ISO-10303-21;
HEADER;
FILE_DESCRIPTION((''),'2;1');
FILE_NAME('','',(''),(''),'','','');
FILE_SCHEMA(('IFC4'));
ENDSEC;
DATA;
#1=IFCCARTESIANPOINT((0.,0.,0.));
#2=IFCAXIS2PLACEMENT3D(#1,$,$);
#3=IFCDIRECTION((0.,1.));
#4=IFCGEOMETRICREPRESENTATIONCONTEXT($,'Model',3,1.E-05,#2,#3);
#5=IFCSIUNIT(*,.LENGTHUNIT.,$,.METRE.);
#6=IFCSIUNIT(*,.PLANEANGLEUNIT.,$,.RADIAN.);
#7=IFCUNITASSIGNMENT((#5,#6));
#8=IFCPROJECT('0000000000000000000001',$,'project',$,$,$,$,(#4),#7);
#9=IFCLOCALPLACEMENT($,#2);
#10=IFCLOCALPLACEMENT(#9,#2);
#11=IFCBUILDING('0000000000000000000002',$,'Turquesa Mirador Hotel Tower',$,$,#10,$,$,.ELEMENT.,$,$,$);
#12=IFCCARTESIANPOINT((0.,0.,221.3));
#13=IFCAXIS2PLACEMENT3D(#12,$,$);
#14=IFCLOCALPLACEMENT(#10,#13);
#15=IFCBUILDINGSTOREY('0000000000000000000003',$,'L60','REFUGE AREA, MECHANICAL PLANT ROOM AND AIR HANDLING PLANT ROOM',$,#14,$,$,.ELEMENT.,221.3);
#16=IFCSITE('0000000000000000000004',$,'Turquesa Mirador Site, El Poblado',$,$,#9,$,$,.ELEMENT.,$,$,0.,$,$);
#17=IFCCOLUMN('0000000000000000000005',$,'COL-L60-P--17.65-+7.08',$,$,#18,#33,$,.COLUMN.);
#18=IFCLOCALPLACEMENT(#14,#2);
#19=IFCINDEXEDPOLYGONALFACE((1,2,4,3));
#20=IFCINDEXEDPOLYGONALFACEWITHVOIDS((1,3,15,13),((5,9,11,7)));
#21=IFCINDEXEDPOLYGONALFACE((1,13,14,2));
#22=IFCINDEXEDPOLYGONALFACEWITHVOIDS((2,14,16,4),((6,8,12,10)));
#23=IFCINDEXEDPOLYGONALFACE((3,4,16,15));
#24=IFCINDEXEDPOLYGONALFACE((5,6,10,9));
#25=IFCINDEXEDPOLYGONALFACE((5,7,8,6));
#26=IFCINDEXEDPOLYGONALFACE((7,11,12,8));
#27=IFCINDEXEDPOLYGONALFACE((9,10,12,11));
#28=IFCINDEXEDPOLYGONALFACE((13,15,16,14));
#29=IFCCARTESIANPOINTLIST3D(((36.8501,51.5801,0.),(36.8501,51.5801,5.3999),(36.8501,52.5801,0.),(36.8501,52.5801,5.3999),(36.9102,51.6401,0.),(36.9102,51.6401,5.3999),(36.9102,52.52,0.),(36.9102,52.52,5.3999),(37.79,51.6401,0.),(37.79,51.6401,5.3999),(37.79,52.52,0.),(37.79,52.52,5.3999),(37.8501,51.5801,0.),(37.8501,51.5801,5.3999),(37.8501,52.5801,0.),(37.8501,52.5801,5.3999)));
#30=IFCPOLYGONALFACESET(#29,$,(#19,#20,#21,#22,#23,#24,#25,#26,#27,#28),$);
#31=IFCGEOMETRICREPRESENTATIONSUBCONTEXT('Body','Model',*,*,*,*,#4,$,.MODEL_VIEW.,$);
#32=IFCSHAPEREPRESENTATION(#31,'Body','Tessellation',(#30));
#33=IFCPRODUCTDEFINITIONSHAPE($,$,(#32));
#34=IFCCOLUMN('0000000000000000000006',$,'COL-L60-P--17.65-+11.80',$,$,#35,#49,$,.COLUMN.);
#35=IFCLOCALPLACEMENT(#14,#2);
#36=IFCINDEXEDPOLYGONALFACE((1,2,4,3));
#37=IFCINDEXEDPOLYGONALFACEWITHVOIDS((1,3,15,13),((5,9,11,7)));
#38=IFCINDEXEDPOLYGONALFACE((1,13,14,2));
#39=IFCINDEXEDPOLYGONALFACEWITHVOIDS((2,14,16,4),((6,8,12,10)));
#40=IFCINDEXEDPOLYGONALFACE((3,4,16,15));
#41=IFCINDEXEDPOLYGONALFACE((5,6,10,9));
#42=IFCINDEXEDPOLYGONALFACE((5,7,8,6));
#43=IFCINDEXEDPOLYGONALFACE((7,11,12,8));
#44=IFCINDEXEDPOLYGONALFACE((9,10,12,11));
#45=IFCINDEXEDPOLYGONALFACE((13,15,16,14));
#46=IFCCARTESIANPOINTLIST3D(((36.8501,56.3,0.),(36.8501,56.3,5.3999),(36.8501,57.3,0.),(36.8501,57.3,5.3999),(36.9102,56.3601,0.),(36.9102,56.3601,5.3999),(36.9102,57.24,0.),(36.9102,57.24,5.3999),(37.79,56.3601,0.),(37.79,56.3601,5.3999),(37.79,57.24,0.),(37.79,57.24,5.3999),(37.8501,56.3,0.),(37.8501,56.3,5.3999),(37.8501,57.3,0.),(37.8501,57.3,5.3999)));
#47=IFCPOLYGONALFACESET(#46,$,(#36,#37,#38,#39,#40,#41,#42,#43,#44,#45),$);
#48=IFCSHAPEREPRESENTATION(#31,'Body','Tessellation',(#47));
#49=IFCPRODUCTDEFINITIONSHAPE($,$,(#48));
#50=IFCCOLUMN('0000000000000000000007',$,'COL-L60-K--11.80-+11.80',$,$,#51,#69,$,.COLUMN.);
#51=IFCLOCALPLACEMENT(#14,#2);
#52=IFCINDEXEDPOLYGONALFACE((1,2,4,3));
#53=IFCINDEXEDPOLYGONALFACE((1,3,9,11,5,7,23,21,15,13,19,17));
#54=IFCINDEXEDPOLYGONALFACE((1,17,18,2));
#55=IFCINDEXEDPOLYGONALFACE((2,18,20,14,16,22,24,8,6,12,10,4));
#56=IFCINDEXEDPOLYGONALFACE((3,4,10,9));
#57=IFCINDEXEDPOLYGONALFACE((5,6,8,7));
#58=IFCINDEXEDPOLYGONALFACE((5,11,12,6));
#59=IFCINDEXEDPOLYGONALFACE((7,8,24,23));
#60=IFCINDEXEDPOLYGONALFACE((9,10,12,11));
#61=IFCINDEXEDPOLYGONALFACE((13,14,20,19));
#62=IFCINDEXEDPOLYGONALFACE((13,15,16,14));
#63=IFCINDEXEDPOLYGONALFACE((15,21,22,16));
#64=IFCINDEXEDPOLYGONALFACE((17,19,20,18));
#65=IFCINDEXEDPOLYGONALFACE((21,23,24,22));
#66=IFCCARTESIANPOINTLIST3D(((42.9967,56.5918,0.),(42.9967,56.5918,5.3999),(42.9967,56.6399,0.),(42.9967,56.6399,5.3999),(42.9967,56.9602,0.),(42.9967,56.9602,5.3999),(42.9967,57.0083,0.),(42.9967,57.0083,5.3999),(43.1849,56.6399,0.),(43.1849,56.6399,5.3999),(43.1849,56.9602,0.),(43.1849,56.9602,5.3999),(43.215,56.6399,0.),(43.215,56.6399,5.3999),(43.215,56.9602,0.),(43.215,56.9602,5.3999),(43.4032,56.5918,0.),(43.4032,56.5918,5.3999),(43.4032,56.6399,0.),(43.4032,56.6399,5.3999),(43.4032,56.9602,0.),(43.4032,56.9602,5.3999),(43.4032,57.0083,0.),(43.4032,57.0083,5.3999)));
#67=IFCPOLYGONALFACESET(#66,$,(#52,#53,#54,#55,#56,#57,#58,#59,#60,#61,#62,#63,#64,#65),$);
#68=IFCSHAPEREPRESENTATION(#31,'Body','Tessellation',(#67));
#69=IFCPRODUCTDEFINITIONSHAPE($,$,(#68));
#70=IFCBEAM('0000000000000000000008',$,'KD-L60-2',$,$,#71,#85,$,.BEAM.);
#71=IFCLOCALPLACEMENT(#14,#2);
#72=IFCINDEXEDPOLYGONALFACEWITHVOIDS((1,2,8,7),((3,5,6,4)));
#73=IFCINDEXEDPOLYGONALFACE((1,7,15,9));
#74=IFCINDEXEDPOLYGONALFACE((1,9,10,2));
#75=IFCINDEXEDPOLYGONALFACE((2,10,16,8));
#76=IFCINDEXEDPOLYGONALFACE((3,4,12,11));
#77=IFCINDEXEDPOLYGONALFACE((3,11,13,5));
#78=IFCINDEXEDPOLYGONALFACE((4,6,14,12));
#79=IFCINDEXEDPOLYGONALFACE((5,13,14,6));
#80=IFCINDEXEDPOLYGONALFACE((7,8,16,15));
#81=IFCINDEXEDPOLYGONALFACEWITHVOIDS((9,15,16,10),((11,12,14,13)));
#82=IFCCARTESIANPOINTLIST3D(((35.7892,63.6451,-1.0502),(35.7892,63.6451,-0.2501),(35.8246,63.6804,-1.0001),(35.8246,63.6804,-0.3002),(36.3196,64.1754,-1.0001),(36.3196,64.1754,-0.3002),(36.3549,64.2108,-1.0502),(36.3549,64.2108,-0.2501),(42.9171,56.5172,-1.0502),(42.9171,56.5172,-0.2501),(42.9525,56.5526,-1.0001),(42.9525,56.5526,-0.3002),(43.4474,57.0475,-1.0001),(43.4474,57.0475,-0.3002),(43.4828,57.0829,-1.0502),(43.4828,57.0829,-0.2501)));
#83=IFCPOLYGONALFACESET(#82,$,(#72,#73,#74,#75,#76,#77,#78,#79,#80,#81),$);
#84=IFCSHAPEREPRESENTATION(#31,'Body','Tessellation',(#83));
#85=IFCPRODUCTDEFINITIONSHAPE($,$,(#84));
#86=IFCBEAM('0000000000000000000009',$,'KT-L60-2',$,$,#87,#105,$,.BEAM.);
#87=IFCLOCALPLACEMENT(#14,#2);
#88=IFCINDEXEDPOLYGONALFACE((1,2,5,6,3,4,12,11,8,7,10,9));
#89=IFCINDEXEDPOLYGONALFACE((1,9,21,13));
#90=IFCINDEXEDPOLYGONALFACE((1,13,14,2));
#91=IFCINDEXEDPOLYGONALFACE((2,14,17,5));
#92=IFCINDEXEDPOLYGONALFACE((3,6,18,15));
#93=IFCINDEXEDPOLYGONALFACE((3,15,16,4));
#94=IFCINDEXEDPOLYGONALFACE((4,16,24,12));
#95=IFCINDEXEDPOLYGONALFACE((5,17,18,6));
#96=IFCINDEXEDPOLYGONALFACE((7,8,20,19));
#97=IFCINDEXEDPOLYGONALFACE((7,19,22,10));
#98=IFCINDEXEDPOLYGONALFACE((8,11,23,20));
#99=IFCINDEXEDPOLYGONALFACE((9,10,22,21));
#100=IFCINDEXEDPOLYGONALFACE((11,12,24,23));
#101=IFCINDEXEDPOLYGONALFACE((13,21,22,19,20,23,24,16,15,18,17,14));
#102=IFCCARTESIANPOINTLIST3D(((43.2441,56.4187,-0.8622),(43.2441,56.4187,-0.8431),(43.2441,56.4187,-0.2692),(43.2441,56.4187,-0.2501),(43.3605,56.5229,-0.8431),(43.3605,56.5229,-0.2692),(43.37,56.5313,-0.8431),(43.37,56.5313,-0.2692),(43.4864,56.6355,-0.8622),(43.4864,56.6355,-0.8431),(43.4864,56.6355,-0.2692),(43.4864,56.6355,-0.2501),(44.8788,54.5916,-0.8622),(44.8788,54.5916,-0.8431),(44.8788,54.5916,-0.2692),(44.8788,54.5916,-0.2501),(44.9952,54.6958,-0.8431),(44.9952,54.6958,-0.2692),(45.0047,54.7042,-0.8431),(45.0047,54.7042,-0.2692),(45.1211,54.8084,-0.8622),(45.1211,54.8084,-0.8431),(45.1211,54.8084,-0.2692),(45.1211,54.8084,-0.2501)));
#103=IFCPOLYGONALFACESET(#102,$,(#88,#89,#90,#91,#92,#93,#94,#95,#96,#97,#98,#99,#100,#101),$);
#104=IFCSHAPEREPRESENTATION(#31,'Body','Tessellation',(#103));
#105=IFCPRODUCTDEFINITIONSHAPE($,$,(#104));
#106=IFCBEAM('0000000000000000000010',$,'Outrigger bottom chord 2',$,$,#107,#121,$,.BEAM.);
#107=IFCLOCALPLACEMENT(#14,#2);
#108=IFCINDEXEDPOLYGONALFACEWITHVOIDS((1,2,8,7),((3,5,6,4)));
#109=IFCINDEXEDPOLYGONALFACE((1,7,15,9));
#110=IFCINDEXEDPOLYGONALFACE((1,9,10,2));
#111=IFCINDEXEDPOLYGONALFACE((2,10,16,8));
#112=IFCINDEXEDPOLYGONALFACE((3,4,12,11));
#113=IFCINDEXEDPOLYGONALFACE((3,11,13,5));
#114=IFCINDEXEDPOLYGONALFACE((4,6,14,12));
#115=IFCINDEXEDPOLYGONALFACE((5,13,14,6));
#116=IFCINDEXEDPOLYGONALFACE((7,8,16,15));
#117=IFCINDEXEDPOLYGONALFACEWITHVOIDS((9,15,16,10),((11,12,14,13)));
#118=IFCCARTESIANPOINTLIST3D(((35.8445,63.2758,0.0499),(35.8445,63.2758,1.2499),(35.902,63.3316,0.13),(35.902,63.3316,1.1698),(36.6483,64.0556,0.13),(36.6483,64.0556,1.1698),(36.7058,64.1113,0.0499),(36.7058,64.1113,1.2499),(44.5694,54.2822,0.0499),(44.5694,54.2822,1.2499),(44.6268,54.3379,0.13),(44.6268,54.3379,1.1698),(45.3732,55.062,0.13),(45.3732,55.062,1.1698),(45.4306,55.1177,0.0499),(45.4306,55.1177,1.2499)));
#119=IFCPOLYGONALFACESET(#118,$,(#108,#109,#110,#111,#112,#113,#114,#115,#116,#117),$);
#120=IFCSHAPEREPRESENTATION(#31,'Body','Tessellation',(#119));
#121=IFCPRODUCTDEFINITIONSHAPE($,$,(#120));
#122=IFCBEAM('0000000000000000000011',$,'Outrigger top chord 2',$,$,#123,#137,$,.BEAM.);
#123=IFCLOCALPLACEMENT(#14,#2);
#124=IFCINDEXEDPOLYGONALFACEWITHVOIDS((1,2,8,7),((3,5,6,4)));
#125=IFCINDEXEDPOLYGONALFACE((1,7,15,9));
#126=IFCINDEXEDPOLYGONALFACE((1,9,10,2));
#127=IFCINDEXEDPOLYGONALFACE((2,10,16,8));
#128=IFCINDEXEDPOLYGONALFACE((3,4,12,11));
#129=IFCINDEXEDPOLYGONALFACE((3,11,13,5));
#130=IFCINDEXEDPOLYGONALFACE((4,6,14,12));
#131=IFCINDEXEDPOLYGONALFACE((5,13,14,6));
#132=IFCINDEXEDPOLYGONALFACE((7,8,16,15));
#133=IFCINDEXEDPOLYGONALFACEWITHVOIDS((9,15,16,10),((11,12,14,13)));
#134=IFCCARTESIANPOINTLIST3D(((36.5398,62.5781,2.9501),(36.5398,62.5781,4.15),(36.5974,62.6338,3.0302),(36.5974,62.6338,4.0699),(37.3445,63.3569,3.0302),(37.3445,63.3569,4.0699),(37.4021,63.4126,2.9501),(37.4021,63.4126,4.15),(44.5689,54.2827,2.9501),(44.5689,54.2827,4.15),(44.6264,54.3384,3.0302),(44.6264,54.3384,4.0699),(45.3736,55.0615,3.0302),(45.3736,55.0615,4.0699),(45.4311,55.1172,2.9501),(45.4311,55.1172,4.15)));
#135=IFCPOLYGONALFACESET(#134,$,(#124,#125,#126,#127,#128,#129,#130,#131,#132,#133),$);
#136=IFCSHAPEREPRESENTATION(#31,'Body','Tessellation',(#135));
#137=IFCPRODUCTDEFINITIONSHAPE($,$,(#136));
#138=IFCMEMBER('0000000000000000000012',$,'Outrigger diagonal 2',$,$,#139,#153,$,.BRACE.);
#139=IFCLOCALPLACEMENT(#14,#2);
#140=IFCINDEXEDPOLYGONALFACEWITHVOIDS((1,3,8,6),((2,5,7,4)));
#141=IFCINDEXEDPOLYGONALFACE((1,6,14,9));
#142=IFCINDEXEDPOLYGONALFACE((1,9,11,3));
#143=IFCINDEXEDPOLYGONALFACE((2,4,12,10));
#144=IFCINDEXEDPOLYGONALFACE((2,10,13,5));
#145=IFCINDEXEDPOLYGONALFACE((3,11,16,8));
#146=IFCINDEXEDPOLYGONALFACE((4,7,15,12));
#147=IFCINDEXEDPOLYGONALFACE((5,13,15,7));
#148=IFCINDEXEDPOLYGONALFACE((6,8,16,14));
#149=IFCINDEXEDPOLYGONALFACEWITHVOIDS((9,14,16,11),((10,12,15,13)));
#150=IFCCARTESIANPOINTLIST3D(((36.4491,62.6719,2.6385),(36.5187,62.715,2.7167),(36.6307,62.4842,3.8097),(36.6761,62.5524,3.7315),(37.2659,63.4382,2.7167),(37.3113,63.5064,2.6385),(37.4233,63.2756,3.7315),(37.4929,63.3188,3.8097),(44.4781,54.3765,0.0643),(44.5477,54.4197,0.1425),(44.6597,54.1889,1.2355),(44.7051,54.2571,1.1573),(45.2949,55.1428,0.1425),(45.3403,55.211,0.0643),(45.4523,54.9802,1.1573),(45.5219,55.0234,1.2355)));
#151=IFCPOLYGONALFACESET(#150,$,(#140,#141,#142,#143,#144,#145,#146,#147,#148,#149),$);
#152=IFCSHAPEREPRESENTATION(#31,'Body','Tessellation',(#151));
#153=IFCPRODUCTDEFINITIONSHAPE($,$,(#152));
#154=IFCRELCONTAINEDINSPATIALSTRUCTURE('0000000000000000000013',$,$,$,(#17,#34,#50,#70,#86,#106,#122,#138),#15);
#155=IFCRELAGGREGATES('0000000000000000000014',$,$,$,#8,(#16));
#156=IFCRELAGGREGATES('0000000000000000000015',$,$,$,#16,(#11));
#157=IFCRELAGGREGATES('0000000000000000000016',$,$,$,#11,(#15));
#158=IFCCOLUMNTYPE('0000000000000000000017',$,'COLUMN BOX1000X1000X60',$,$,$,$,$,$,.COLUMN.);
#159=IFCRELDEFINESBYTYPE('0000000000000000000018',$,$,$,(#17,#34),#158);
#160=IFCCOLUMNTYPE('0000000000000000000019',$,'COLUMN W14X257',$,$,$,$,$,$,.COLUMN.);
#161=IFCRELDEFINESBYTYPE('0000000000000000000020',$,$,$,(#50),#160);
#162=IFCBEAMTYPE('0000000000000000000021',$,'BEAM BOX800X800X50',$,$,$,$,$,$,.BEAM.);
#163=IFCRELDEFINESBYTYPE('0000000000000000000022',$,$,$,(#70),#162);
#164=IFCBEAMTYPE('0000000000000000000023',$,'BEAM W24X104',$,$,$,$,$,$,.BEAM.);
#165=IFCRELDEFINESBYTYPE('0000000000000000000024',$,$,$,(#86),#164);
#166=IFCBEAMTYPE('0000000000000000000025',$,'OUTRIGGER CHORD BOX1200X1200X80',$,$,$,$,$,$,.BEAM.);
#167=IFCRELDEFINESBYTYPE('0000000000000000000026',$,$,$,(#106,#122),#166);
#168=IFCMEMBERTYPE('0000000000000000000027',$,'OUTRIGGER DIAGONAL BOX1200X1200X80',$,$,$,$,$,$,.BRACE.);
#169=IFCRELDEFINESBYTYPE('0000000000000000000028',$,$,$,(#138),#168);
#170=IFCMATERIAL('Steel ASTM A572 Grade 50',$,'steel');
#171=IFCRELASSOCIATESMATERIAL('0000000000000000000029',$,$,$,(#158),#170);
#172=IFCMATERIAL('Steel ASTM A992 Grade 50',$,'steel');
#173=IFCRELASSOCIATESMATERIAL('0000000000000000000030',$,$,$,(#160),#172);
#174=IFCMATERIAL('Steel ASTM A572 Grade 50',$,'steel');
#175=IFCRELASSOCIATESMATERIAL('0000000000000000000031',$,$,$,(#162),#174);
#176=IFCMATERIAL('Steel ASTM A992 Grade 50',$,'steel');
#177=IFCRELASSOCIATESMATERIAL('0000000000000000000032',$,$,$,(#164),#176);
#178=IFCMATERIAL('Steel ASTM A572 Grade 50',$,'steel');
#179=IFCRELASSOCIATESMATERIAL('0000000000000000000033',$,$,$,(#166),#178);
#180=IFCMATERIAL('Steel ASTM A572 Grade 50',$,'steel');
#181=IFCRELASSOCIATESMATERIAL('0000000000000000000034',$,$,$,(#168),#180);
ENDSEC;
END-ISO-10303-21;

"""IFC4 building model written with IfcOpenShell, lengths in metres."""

from ifc_helpers import new_model, si_unit, direction, frame, origin, origin_2d, place, context, subcontext, project, spatial, hollow_rectangle, i_section, extrude, material, material_profile, profile_set, type_object, element, save


model = new_model("IFC4")

# Units and contexts
model_context = context("Model", 3, precision=1e-05, world=origin(), true_north=direction((0.0, 1.0)))
body_context = subcontext(model_context, "Body", "Model", "MODEL_VIEW")
ifc_project = project(units=[si_unit("LENGTHUNIT", "METRE"), si_unit("PLANEANGLEUNIT", "RADIAN")], contexts=[model_context])

# Site, building, storey
site_placement = place(None, origin())
site = spatial("IfcSite", under=ifc_project, at=site_placement, Name="Turquesa Mirador Site, El Poblado", CompositionType="ELEMENT", RefElevation=0.0)
building_placement = place(site_placement, origin())
building = spatial("IfcBuilding", under=site, at=building_placement, Name="Turquesa Mirador Hotel Tower", CompositionType="ELEMENT")
storey_placement = place(building_placement, frame((0.0, 0.0, 221.3)))
storey = spatial("IfcBuildingStorey", under=building, at=storey_placement, Name="L60", Description="REFUGE AREA, MECHANICAL PLANT ROOM AND AIR HANDLING PLANT ROOM", CompositionType="ELEMENT", Elevation=221.3)

# Columns
ifc_material_1 = material(Name="Steel ASTM A572 Grade 50", Category="steel")
ifc_material_profile_1 = material_profile(ifc_material_1, hollow_rectangle(XDim=1.0, YDim=1.0, WallThickness=0.0601, at=origin_2d()), Name="BOX1000X1000X60")
ifc_profile_set_1 = profile_set([ifc_material_profile_1], Name="Steel ASTM A572 Grade 50")
column_type_1 = type_object("IfcColumnType", Name="COLUMN BOX1000X1000X60", PredefinedType="COLUMN", material=ifc_profile_set_1)
for number, where, z_axis, x_axis, name in (
    (1, (37.3501, 52.0801, 0.0), (0.0, 0.0, 1.0), (1.0, 0.0, 0.0), "COL-L60-P--17.65-+7.08"),
    (2, (37.3501, 56.8, 0.0), (0.0, 0.0, 1.0), (1.0, 0.0, 0.0), "COL-L60-P--17.65-+11.80"),
):
    element("IfcColumn", number, at=place(storey_placement, frame(where, z_axis=z_axis, x_axis=x_axis)), inside=storey, type_object=column_type_1, Name=name, PredefinedType="COLUMN", context=body_context, shape_type="SweptSolid", body=[
        extrude(hollow_rectangle(XDim=1.0, YDim=1.0, WallThickness=0.0601, at=origin_2d()), origin(), (0.0, 0.0, 1.0), 5.3999),
    ])
ifc_material_2 = material(Name="Steel ASTM A992 Grade 50", Category="steel")
ifc_material_profile_2 = material_profile(ifc_material_2, i_section(OverallWidth=0.4065, OverallDepth=0.4165, WebThickness=0.03, FlangeThickness=0.0481, at=origin_2d()), Name="W14X257")
ifc_profile_set_2 = profile_set([ifc_material_profile_2], Name="Steel ASTM A992 Grade 50")
column_type_2 = type_object("IfcColumnType", Name="COLUMN W14X257", PredefinedType="COLUMN", material=ifc_profile_set_2)
column_placement = place(storey_placement, frame((43.2, 56.8, 0.0), z_axis=(0.0, 0.0, 1.0), x_axis=(1.0, 0.0, 0.0)))
element("IfcColumn", 3, at=column_placement, inside=storey, type_object=column_type_2, Name="COL-L60-K--11.80-+11.80", PredefinedType="COLUMN", context=body_context, shape_type="SweptSolid", body=[
    extrude(i_section(OverallWidth=0.4065, OverallDepth=0.4165, WebThickness=0.03, FlangeThickness=0.0481, at=origin_2d()), origin(), (0.0, 0.0, 1.0), 5.3999),
])

# Beams
ifc_material_3 = material(Name="Steel ASTM A572 Grade 50", Category="steel")
ifc_material_profile_3 = material_profile(ifc_material_3, hollow_rectangle(XDim=0.8, YDim=0.8, WallThickness=0.05, at=origin_2d()), Name="BOX800X800X50")
ifc_profile_set_3 = profile_set([ifc_material_profile_3], Name="Steel ASTM A572 Grade 50")
beam_type_1 = type_object("IfcBeamType", Name="BEAM BOX800X800X50", PredefinedType="BEAM", material=ifc_profile_set_3)
beam_1_placement = place(storey_placement, frame((43.2, 56.8, -0.6501), z_axis=(-0.707107, 0.707107, 0.0), x_axis=(-0.707107, -0.707107, 0.0)))
element("IfcBeam", 4, at=beam_1_placement, inside=storey, type_object=beam_type_1, Name="KD-L60-2", PredefinedType="BEAM", context=body_context, shape_type="SweptSolid", body=[
    extrude(hollow_rectangle(XDim=0.8, YDim=0.8, WallThickness=0.05, at=origin_2d()), origin(), (0.0, 0.0, 1.0), 10.0803),
])
ifc_material_4 = material(Name="Steel ASTM A992 Grade 50", Category="steel")
ifc_material_profile_4 = material_profile(ifc_material_4, i_section(OverallWidth=0.3252, OverallDepth=0.6121, WebThickness=0.0127, FlangeThickness=0.019, at=origin_2d()), Name="W24X104")
ifc_profile_set_4 = profile_set([ifc_material_profile_4], Name="Steel ASTM A992 Grade 50")
beam_type_2 = type_object("IfcBeamType", Name="BEAM W24X104", PredefinedType="BEAM", material=ifc_profile_set_4)
beam_2_placement = place(storey_placement, frame((43.3652, 56.5271, -0.5562), z_axis=(0.666783, -0.745252, 0.0), x_axis=(0.745252, 0.666783, 0.0)))
element("IfcBeam", 5, at=beam_2_placement, inside=storey, type_object=beam_type_2, Name="KT-L60-2", PredefinedType="BEAM", context=body_context, shape_type="SweptSolid", body=[
    extrude(i_section(OverallWidth=0.3252, OverallDepth=0.6121, WebThickness=0.0127, FlangeThickness=0.019, at=origin_2d()), origin(), (0.0, 0.0, 1.0), 2.4517),
])
ifc_material_5 = material(Name="Steel ASTM A572 Grade 50", Category="steel")
ifc_material_profile_5 = material_profile(ifc_material_5, hollow_rectangle(XDim=1.2, YDim=1.2, WallThickness=0.0801, at=origin_2d()), Name="BOX1200X1200X80")
ifc_profile_set_5 = profile_set([ifc_material_profile_5], Name="Steel ASTM A572 Grade 50")
beam_type_3 = type_object("IfcBeamType", Name="OUTRIGGER CHORD BOX1200X1200X80", PredefinedType="BEAM", material=ifc_profile_set_5)
beam_3_placement = place(storey_placement, frame((45.0, 54.7, 0.6499), z_axis=(-0.696299, 0.717751, 0.0), x_axis=(-0.717751, -0.696299, 0.0)))
element("IfcBeam", 6, at=beam_3_placement, inside=storey, type_object=beam_type_3, Name="Outrigger bottom chord 2", PredefinedType="BEAM", context=body_context, shape_type="SweptSolid", body=[
    extrude(hollow_rectangle(XDim=1.2, YDim=1.2, WallThickness=0.0801, at=origin_2d()), origin(), (0.0, 0.0, 1.0), 12.5303),
])
beam_4_placement = place(storey_placement, frame((45.0, 54.7, 3.55), z_axis=(-0.695477, 0.718549, 0.0), x_axis=(-0.718549, -0.695477, 0.0)))
element("IfcBeam", 7, at=beam_4_placement, inside=storey, type_object=beam_type_3, Name="Outrigger top chord 2", PredefinedType="BEAM", context=body_context, shape_type="SweptSolid", body=[
    extrude(hollow_rectangle(XDim=1.2, YDim=1.2, WallThickness=0.0801, at=origin_2d()), origin(), (0.0, 0.0, 1.0), 11.5447),
])

# Member
ifc_material_6 = material(Name="Steel ASTM A572 Grade 50", Category="steel")
ifc_material_profile_6 = material_profile(ifc_material_6, hollow_rectangle(XDim=1.2, YDim=1.2, WallThickness=0.0801, at=origin_2d()), Name="BOX1200X1200X80")
ifc_profile_set_6 = profile_set([ifc_material_profile_6], Name="Steel ASTM A572 Grade 50")
member_type = type_object("IfcMemberType", Name="OUTRIGGER DIAGONAL BOX1200X1200X80", PredefinedType="BRACE", material=ifc_profile_set_6)
member_placement = place(storey_placement, frame((45.0, 54.7, 0.6499), z_axis=(-0.678806, 0.701325, 0.217634), x_axis=(-0.718549, -0.695477, 0.0)))
element("IfcMember", 8, at=member_placement, inside=storey, type_object=member_type, Name="Outrigger diagonal 2", PredefinedType="BRACE", context=body_context, shape_type="SweptSolid", body=[
    extrude(hollow_rectangle(XDim=1.2, YDim=1.2, WallThickness=0.0801, at=origin_2d()), origin(), (0.0, 0.0, 1.0), 11.8281),
])

save(model, "model.ifc")
